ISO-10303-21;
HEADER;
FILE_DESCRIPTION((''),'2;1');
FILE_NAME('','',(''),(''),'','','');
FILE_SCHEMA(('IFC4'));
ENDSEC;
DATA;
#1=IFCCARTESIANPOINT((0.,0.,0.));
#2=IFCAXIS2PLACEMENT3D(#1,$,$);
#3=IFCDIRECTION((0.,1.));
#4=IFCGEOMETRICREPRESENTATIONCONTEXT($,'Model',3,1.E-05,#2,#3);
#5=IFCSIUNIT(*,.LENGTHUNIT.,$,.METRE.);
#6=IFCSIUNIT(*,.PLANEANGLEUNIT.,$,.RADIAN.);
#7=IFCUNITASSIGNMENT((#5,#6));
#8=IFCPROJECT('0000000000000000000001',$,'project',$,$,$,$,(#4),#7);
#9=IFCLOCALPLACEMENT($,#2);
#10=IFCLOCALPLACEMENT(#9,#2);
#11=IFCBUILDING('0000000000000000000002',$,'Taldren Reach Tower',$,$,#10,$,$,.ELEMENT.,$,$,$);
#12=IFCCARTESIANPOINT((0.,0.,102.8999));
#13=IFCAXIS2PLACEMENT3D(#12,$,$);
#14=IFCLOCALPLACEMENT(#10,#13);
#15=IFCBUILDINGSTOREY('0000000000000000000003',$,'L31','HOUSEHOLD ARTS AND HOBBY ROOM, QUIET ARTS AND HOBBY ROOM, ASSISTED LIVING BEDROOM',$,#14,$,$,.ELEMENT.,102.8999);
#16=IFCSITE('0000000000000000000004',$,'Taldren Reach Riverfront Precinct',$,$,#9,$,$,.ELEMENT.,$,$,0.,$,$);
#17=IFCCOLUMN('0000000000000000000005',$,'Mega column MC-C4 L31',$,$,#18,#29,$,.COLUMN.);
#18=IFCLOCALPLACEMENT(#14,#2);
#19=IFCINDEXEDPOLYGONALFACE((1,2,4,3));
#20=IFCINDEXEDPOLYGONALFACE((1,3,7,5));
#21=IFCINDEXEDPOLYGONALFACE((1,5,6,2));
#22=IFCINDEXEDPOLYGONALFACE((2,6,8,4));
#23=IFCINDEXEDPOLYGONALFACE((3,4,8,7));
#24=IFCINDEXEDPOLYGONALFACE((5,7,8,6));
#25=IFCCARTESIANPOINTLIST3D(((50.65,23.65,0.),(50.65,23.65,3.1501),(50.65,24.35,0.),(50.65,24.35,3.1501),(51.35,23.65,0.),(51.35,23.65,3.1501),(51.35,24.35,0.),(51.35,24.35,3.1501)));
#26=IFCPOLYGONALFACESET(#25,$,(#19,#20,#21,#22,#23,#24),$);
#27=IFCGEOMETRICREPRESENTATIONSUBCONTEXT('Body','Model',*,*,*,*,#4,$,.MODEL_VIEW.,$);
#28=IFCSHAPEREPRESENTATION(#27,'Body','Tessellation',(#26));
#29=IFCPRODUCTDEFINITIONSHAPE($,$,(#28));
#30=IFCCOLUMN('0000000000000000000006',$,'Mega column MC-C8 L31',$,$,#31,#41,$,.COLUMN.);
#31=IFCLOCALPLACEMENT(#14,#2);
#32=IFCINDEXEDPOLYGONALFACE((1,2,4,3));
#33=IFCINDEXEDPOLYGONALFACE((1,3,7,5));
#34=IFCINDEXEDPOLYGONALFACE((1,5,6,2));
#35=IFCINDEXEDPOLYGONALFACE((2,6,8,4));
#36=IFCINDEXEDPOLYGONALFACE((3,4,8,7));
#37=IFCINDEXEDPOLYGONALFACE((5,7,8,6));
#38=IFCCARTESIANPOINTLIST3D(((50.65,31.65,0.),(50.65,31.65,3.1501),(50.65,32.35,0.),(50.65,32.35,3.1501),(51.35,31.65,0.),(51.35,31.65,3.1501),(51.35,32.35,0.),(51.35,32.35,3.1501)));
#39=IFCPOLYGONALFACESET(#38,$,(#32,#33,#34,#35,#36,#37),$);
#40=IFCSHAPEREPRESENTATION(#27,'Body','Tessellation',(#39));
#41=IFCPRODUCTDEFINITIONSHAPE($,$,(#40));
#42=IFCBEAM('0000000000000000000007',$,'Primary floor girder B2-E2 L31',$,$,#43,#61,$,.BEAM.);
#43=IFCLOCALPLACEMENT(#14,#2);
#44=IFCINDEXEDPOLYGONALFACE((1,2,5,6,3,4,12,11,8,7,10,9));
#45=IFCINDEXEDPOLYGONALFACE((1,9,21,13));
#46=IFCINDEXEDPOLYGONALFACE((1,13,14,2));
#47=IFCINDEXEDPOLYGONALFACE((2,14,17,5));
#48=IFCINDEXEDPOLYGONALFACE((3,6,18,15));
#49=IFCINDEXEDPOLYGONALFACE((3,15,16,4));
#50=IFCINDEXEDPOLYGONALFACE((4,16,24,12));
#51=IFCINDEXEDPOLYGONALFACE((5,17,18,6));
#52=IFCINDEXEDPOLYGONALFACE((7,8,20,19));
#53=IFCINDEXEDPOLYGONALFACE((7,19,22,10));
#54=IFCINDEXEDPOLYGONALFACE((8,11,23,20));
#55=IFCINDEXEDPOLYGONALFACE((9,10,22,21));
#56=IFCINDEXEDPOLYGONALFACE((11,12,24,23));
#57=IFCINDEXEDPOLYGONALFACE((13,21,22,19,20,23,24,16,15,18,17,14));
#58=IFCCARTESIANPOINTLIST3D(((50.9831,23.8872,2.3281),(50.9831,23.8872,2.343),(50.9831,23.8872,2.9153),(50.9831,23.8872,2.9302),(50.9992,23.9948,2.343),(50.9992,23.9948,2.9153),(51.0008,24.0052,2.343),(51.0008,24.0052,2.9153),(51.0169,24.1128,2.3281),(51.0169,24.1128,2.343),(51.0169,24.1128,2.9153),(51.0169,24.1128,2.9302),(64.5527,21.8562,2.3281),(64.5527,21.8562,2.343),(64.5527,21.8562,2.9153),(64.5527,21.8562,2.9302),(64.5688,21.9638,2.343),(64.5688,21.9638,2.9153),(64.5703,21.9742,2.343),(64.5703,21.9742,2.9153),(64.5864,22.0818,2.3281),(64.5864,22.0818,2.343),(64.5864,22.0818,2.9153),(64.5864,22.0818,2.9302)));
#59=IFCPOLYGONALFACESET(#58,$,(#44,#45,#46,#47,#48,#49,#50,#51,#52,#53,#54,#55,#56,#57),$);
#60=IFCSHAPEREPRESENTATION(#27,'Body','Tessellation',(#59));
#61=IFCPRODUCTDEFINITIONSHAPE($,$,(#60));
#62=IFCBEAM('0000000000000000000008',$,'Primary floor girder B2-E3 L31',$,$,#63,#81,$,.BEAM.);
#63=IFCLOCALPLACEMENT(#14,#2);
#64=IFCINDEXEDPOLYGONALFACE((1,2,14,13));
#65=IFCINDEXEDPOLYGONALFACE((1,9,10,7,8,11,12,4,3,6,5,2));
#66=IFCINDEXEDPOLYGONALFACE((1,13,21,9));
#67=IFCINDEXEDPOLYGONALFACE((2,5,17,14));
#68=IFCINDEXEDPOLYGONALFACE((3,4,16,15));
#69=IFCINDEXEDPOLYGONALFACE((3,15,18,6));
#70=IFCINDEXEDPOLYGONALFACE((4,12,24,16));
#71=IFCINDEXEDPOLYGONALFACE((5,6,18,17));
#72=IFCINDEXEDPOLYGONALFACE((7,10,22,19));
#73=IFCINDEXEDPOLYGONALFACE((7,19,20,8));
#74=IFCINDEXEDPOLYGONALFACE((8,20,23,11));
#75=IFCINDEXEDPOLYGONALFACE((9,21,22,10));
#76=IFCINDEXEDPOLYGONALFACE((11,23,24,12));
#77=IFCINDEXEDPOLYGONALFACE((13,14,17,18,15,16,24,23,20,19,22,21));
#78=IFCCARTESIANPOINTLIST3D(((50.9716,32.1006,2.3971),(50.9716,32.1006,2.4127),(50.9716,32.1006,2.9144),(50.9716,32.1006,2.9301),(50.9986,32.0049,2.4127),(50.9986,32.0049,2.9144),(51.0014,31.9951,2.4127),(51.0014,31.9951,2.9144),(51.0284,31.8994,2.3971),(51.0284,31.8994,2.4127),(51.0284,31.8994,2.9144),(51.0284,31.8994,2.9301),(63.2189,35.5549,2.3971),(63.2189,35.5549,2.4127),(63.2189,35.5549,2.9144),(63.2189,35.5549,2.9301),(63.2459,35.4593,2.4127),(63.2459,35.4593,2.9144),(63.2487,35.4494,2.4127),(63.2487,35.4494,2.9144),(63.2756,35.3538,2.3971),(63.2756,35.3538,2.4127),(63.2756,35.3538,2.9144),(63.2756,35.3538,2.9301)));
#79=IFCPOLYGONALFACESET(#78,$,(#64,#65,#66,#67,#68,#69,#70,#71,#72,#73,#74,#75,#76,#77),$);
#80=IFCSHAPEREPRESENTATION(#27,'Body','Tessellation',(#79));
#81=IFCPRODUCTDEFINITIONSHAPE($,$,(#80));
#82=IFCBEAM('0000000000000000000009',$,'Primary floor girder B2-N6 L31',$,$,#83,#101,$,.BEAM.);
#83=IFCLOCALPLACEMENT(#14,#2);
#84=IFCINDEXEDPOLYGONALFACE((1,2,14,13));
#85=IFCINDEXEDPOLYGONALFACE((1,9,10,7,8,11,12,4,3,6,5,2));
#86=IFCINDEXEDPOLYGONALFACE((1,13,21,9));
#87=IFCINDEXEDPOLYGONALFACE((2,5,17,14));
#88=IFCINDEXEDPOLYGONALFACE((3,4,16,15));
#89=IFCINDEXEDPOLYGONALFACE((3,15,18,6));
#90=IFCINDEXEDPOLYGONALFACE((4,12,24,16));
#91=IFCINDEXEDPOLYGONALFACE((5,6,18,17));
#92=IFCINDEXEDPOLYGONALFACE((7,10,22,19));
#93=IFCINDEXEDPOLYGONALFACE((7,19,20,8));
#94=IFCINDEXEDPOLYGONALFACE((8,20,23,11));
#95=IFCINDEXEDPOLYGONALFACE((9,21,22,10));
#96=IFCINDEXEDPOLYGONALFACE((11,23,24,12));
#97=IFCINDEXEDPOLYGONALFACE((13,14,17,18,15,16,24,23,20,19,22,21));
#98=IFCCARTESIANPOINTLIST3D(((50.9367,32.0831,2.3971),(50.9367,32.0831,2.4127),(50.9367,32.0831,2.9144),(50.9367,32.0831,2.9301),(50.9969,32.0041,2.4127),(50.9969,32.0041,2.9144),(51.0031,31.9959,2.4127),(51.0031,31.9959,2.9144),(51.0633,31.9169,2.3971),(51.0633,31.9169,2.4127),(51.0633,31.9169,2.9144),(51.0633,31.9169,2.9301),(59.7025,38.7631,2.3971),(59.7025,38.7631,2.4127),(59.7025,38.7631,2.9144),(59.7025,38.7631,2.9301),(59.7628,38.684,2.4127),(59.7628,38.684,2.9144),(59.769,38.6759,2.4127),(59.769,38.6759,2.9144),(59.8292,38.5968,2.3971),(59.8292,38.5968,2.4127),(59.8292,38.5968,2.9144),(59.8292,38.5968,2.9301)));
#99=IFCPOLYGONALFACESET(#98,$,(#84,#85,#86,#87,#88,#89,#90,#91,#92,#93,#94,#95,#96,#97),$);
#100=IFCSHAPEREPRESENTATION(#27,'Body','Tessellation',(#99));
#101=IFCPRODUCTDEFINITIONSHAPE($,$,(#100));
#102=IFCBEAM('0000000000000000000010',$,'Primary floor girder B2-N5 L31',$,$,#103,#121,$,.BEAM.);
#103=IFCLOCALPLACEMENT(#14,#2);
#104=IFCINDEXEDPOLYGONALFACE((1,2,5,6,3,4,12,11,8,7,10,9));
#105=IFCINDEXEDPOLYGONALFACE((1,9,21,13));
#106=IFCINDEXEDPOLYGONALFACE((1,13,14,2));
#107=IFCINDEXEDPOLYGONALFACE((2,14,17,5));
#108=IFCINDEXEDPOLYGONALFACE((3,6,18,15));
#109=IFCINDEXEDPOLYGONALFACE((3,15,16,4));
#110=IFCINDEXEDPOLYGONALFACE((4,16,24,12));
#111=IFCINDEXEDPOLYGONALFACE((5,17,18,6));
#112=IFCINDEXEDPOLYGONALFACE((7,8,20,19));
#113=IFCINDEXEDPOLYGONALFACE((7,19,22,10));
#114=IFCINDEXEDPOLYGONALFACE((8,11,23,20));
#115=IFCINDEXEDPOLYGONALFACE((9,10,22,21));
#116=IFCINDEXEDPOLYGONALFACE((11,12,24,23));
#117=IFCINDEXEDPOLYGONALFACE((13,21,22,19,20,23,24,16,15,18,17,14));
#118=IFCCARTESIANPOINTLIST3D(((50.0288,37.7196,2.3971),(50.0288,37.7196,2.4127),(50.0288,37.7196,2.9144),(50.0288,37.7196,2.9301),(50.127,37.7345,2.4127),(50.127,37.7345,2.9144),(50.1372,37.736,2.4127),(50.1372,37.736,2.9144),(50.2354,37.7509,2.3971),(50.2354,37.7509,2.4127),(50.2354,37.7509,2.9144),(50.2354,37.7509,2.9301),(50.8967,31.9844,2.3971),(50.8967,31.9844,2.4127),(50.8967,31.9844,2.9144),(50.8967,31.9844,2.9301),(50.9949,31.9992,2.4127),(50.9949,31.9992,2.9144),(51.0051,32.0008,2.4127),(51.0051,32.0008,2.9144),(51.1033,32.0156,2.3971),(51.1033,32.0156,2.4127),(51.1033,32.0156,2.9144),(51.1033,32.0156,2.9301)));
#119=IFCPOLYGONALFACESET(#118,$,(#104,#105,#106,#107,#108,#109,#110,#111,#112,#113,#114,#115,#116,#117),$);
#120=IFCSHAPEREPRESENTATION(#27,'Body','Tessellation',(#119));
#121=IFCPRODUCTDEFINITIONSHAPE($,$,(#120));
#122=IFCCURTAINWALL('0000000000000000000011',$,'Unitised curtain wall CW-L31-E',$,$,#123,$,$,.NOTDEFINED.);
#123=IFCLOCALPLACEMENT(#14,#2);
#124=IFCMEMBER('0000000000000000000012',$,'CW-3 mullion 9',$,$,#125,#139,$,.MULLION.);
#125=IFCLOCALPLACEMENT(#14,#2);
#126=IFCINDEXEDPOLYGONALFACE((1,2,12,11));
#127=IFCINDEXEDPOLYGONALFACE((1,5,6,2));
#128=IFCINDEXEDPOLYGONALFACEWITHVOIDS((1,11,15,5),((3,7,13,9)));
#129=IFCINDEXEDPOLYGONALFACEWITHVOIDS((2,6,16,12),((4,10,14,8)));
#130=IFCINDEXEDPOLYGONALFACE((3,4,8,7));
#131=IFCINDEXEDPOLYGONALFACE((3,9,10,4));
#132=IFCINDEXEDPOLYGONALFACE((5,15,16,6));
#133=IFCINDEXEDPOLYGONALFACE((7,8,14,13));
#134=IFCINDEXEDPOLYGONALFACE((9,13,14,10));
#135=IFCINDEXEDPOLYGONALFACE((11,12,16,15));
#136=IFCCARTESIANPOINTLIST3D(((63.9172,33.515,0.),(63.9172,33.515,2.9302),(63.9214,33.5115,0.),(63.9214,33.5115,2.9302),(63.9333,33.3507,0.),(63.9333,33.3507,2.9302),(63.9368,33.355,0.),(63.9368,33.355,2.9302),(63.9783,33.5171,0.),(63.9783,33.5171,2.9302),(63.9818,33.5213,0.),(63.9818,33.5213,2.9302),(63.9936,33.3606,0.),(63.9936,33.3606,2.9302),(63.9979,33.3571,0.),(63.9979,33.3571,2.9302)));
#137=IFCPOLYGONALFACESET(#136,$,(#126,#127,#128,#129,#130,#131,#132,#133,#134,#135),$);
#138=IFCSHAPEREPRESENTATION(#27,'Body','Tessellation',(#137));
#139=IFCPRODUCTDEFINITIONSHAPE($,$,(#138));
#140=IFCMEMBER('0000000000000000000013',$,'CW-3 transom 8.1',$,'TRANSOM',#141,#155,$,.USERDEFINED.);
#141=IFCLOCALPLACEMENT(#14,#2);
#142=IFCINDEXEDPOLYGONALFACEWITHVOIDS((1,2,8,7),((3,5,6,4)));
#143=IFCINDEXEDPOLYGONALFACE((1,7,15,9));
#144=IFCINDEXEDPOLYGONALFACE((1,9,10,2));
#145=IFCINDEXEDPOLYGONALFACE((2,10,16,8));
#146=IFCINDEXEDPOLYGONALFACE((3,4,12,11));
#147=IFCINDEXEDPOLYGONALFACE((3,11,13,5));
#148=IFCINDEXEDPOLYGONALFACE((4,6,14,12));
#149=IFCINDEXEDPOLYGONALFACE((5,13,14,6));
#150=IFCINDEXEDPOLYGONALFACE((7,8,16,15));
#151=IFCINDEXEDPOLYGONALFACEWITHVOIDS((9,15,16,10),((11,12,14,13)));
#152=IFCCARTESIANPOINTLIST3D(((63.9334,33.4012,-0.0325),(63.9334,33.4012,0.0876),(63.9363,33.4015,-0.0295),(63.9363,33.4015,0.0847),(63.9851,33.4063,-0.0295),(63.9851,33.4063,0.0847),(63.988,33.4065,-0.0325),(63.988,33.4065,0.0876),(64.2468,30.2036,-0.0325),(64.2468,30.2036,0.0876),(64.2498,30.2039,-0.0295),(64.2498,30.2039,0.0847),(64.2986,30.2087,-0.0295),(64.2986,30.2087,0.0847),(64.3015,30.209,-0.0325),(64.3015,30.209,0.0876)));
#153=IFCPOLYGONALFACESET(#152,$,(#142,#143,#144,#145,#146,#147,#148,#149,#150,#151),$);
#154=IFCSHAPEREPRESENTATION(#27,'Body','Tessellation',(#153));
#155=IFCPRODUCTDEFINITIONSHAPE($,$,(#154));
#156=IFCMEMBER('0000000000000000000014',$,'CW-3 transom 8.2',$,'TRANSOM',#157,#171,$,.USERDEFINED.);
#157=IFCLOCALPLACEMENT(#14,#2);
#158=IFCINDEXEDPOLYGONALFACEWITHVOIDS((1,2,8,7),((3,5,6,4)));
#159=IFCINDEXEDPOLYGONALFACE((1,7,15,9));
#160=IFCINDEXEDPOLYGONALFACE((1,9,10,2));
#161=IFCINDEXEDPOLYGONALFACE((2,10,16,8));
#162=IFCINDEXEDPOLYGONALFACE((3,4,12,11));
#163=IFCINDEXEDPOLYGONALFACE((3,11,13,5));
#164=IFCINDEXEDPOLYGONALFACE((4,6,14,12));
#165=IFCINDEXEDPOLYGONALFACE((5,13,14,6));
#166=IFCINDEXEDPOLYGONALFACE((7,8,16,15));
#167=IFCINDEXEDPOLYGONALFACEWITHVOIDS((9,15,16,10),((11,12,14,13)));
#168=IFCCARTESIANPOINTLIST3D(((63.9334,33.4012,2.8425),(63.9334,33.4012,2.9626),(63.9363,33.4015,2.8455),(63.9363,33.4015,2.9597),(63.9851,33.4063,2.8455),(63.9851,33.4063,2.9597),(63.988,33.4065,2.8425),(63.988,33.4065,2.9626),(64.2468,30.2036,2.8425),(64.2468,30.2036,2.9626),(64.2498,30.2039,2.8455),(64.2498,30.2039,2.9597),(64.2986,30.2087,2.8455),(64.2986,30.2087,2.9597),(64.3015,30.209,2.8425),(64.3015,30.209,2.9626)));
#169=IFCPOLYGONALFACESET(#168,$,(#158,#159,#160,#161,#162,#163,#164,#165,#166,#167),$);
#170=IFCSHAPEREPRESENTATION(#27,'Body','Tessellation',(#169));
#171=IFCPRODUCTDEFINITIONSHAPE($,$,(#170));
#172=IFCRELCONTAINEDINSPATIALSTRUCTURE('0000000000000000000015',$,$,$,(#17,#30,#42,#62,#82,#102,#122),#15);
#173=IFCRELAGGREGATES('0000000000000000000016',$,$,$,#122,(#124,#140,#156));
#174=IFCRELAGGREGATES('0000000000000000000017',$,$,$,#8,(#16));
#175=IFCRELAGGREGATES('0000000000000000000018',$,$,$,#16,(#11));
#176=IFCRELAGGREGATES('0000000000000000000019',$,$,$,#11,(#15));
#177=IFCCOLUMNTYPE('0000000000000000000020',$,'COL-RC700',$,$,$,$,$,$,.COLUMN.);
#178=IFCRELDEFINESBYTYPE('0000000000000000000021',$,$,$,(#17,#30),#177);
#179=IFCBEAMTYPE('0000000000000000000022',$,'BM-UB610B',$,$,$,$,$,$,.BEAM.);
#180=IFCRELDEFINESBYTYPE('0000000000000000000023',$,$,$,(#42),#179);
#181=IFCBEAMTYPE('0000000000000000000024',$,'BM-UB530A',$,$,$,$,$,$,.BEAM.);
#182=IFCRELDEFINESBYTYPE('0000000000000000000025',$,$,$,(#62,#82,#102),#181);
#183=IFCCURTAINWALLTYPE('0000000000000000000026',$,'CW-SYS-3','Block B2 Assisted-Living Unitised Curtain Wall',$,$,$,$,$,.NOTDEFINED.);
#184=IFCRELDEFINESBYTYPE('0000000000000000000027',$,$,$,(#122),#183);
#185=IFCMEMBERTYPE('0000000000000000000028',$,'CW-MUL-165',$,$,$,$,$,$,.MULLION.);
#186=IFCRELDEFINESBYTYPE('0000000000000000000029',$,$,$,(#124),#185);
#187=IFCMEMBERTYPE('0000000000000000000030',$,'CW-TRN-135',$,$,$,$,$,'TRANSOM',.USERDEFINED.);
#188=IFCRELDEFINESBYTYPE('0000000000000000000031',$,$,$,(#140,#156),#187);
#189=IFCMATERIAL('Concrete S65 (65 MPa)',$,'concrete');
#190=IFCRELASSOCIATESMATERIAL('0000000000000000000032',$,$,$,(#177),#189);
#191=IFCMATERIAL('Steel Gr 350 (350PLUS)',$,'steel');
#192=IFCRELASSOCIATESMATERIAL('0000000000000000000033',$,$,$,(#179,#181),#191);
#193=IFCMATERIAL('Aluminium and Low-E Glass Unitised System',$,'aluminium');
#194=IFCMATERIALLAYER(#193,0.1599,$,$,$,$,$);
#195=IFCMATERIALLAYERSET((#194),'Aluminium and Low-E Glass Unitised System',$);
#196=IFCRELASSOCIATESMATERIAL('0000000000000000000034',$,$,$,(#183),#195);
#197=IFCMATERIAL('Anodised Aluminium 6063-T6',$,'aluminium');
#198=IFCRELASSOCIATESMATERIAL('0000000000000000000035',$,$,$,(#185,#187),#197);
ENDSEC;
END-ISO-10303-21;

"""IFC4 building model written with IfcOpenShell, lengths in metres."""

from ifc_helpers import new_model, si_unit, direction, frame, origin, origin_2d, place, context, subcontext, project, spatial, rectangle, hollow_rectangle, i_section, extrude, source, transform, mapped, material, layer, layer_set, material_profile, profile_set, type_object, element, aggregate, save


model = new_model("IFC4")

# Units and contexts
model_context = context("Model", 3, precision=1e-05, world=origin(), true_north=direction((0.0, 1.0)))
body_context = subcontext(model_context, "Body", "Model", "MODEL_VIEW")
ifc_project = project(units=[si_unit("LENGTHUNIT", "METRE"), si_unit("PLANEANGLEUNIT", "RADIAN")], contexts=[model_context])

# Site, building, storey
site_placement = place(None, origin())
site = spatial("IfcSite", under=ifc_project, at=site_placement, Name="Taldren Reach Riverfront Precinct", CompositionType="ELEMENT", RefElevation=0.0)
building_placement = place(site_placement, origin())
building = spatial("IfcBuilding", under=site, at=building_placement, Name="Taldren Reach Tower", CompositionType="ELEMENT")
storey_placement = place(building_placement, frame((0.0, 0.0, 102.8999)))
storey = spatial("IfcBuildingStorey", under=building, at=storey_placement, Name="L31", Description="HOUSEHOLD ARTS AND HOBBY ROOM, QUIET ARTS AND HOBBY ROOM, ASSISTED LIVING BEDROOM", CompositionType="ELEMENT", Elevation=102.8999)

# Columns
ifc_material_1 = material(Name="Concrete S65 (65 MPa)", Category="concrete")
ifc_material_profile_1 = material_profile(ifc_material_1, rectangle(XDim=0.7, YDim=0.7, at=origin_2d()), Name="RC-700x700")
ifc_profile_set_1 = profile_set([ifc_material_profile_1], Name="Concrete S65 (65 MPa)")
column_type = type_object("IfcColumnType", Name="COL-RC700", PredefinedType="COLUMN", material=ifc_profile_set_1)
shared_shape_1 = source(origin(), body_context, "Body", "SweptSolid", [
    extrude(rectangle(XDim=0.7, YDim=0.7, at=origin_2d()), origin(), (0.0, 0.0, 1.0), 3.1501),
])
for number, where, z_axis, x_axis, name in (
    (1, (51.0, 24.0, 0.0), (0.0, 0.0, 1.0), (1.0, 0.0, 0.0), "Mega column MC-C4 L31"),
    (2, (51.0, 32.0, 0.0), (0.0, 0.0, 1.0), (1.0, 0.0, 0.0), "Mega column MC-C8 L31"),
):
    element("IfcColumn", number, at=place(storey_placement, frame(where, z_axis=z_axis, x_axis=x_axis)), inside=storey, type_object=column_type, Name=name, PredefinedType="COLUMN", context=body_context, shape_type="MappedRepresentation", body=[
        mapped(shared_shape_1, transform((0.0, 0.0, 0.0), scale=1.0)),
    ])

# Beams
ifc_material_2 = material(Name="Steel Gr 350 (350PLUS)", Category="steel")
ifc_material_profile_2 = material_profile(ifc_material_2, i_section(OverallWidth=0.228, OverallDepth=0.6021, WebThickness=0.0105, FlangeThickness=0.0149, at=origin_2d()), Name="610UB101")
ifc_profile_set_2 = profile_set([ifc_material_profile_2], Name="Steel Gr 350 (350PLUS)")
beam_type_1 = type_object("IfcBeamType", Name="BM-UB610B", PredefinedType="BEAM", material=ifc_profile_set_2)
shared_shape_2 = source(origin(), body_context, "Body", "SweptSolid", [
    extrude(i_section(OverallWidth=0.228, OverallDepth=0.6021, WebThickness=0.0105, FlangeThickness=0.0149, at=origin_2d()), origin(), (0.0, 0.0, 1.0), 13.7207),
])
beam_1_placement = place(storey_placement, frame((51.0, 24.0, 2.6292), z_axis=(0.988984, -0.148025, 0.0), x_axis=(0.148025, 0.988984, 0.0)))
element("IfcBeam", 3, at=beam_1_placement, inside=storey, type_object=beam_type_1, Name="Primary floor girder B2-E2 L31", PredefinedType="BEAM", context=body_context, shape_type="MappedRepresentation", body=[
    mapped(shared_shape_2, transform((0.0, 0.0, 0.0), scale=1.0)),
])
ifc_material_profile_3 = material_profile(ifc_material_2, i_section(OverallWidth=0.209, OverallDepth=0.533, WebThickness=0.0103, FlangeThickness=0.0156, at=origin_2d()), Name="530UB92.4")
ifc_profile_set_3 = profile_set([ifc_material_profile_3], Name="Steel Gr 350 (350PLUS)")
beam_type_2 = type_object("IfcBeamType", Name="BM-UB530A", PredefinedType="BEAM", material=ifc_profile_set_3)
shared_shape_3 = source(origin(), body_context, "Body", "SweptSolid", [
    extrude(i_section(OverallWidth=0.209, OverallDepth=0.533, WebThickness=0.0103, FlangeThickness=0.0156, at=origin_2d()), origin(), (0.0, 0.0, 1.0), 12.7251),
])
beam_2_placement = place(storey_placement, frame((51.0, 32.0, 2.6636), z_axis=(0.96245, 0.271458, 0.0), x_axis=(-0.271458, 0.96245, 0.0)))
element("IfcBeam", 4, at=beam_2_placement, inside=storey, type_object=beam_type_2, Name="Primary floor girder B2-E3 L31", PredefinedType="BEAM", context=body_context, shape_type="MappedRepresentation", body=[
    mapped(shared_shape_3, transform((0.0, 0.0, 0.0), scale=1.0)),
])
shared_shape_4 = source(origin(), body_context, "Body", "SweptSolid", [
    extrude(i_section(OverallWidth=0.209, OverallDepth=0.533, WebThickness=0.0103, FlangeThickness=0.0156, at=origin_2d()), origin(), (0.0, 0.0, 1.0), 11.021),
])
beam_3_placement = place(storey_placement, frame((51.0, 32.0, 2.6636), z_axis=(0.79538, 0.606111, 0.0), x_axis=(-0.606111, 0.79538, 0.0)))
element("IfcBeam", 5, at=beam_3_placement, inside=storey, type_object=beam_type_2, Name="Primary floor girder B2-N6 L31", PredefinedType="BEAM", context=body_context, shape_type="MappedRepresentation", body=[
    mapped(shared_shape_4, transform((0.0, 0.0, 0.0), scale=1.0)),
])
shared_shape_5 = source(origin(), body_context, "Body", "SweptSolid", [
    extrude(i_section(OverallWidth=0.209, OverallDepth=0.533, WebThickness=0.0103, FlangeThickness=0.0156, at=origin_2d()), origin(), (0.0, 0.0, 1.0), 5.8005),
])
beam_4_placement = place(storey_placement, frame((51.0, 32.0, 2.6636), z_axis=(-0.149625, 0.988743, 0.0), x_axis=(-0.988743, -0.149625, 0.0)))
element("IfcBeam", 6, at=beam_4_placement, inside=storey, type_object=beam_type_2, Name="Primary floor girder B2-N5 L31", PredefinedType="BEAM", context=body_context, shape_type="MappedRepresentation", body=[
    mapped(shared_shape_5, transform((0.0, 0.0, 0.0), scale=1.0)),
])

# Curtain wall, members
ifc_material_3 = material(Name="Aluminium and Low-E Glass Unitised System", Category="aluminium")
ifc_layer_1 = layer(ifc_material_3, 0.1599)
ifc_layer_set_1 = layer_set([ifc_layer_1], Name="Aluminium and Low-E Glass Unitised System")
curtain_wall_type = type_object("IfcCurtainWallType", Name="CW-SYS-3", Description="Block B2 Assisted-Living Unitised Curtain Wall", PredefinedType="NOTDEFINED", material=ifc_layer_set_1)
curtain_wall_placement = place(storey_placement, origin())
curtain_wall = element("IfcCurtainWall", 7, at=curtain_wall_placement, inside=storey, type_object=curtain_wall_type, Name="Unitised curtain wall CW-L31-E", PredefinedType="NOTDEFINED")
ifc_material_4 = material(Name="Anodised Aluminium 6063-T6", Category="aluminium")
ifc_material_profile_4 = material_profile(ifc_material_4, hollow_rectangle(XDim=0.0649, YDim=0.165, WallThickness=0.0039, at=origin_2d()), Name="ALU-165x65x4RHS")
ifc_profile_set_4 = profile_set([ifc_material_profile_4], Name="Anodised Aluminium 6063-T6")
member_type_1 = type_object("IfcMemberType", Name="CW-MUL-165", PredefinedType="MULLION", material=ifc_profile_set_4)
shared_shape_6 = source(origin(), body_context, "Body", "SweptSolid", [
    extrude(hollow_rectangle(XDim=0.0649, YDim=0.165, WallThickness=0.0039, at=origin_2d()), origin(), (0.0, 0.0, 1.0), 2.9302),
])
member_1_placement = place(storey_placement, frame((63.9575, 33.436, 0.0), z_axis=(0.0, 0.0, 1.0), x_axis=(-0.995227, -0.097583, 0.0)))
member_1 = element("IfcMember", 8, at=member_1_placement, type_object=member_type_1, Name="CW-3 mullion 9", PredefinedType="MULLION", context=body_context, shape_type="MappedRepresentation", body=[
    mapped(shared_shape_6, transform((0.0, 0.0, 0.0), scale=1.0)),
])
ifc_material_profile_5 = material_profile(ifc_material_4, hollow_rectangle(XDim=0.0549, YDim=0.1201, WallThickness=0.0029, at=origin_2d()), Name="ALU-120x55x3RHS")
ifc_profile_set_5 = profile_set([ifc_material_profile_5], Name="Anodised Aluminium 6063-T6")
member_type_2 = type_object("IfcMemberType", Name="CW-TRN-135", ElementType="TRANSOM", PredefinedType="USERDEFINED", material=ifc_profile_set_5)
shared_shape_7 = source(origin(), body_context, "Body", "SweptSolid", [
    extrude(hollow_rectangle(XDim=0.0549, YDim=0.1201, WallThickness=0.0029, at=origin_2d()), origin(), (0.0, 0.0, 1.0), 3.2129),
])
member_2_placement = place(storey_placement, frame((64.2742, 30.2063, 0.0276), z_axis=(-0.09757, 0.995229, 0.0), x_axis=(-0.995229, -0.09757, 0.0)))
member_2 = element("IfcMember", 9, at=member_2_placement, type_object=member_type_2, Name="CW-3 transom 8.1", ObjectType="TRANSOM", PredefinedType="USERDEFINED", context=body_context, shape_type="MappedRepresentation", body=[
    mapped(shared_shape_7, transform((0.0, 0.0, 0.0), scale=1.0)),
])
member_3_placement = place(storey_placement, frame((64.2742, 30.2063, 2.9026), z_axis=(-0.09757, 0.995229, 0.0), x_axis=(-0.995229, -0.09757, 0.0)))
member_3 = element("IfcMember", 10, at=member_3_placement, type_object=member_type_2, Name="CW-3 transom 8.2", ObjectType="TRANSOM", PredefinedType="USERDEFINED", context=body_context, shape_type="MappedRepresentation", body=[
    mapped(shared_shape_7, transform((0.0, 0.0, 0.0), scale=1.0)),
])
aggregate(curtain_wall, [member_1, member_2, member_3])

save(model, "model.ifc")
